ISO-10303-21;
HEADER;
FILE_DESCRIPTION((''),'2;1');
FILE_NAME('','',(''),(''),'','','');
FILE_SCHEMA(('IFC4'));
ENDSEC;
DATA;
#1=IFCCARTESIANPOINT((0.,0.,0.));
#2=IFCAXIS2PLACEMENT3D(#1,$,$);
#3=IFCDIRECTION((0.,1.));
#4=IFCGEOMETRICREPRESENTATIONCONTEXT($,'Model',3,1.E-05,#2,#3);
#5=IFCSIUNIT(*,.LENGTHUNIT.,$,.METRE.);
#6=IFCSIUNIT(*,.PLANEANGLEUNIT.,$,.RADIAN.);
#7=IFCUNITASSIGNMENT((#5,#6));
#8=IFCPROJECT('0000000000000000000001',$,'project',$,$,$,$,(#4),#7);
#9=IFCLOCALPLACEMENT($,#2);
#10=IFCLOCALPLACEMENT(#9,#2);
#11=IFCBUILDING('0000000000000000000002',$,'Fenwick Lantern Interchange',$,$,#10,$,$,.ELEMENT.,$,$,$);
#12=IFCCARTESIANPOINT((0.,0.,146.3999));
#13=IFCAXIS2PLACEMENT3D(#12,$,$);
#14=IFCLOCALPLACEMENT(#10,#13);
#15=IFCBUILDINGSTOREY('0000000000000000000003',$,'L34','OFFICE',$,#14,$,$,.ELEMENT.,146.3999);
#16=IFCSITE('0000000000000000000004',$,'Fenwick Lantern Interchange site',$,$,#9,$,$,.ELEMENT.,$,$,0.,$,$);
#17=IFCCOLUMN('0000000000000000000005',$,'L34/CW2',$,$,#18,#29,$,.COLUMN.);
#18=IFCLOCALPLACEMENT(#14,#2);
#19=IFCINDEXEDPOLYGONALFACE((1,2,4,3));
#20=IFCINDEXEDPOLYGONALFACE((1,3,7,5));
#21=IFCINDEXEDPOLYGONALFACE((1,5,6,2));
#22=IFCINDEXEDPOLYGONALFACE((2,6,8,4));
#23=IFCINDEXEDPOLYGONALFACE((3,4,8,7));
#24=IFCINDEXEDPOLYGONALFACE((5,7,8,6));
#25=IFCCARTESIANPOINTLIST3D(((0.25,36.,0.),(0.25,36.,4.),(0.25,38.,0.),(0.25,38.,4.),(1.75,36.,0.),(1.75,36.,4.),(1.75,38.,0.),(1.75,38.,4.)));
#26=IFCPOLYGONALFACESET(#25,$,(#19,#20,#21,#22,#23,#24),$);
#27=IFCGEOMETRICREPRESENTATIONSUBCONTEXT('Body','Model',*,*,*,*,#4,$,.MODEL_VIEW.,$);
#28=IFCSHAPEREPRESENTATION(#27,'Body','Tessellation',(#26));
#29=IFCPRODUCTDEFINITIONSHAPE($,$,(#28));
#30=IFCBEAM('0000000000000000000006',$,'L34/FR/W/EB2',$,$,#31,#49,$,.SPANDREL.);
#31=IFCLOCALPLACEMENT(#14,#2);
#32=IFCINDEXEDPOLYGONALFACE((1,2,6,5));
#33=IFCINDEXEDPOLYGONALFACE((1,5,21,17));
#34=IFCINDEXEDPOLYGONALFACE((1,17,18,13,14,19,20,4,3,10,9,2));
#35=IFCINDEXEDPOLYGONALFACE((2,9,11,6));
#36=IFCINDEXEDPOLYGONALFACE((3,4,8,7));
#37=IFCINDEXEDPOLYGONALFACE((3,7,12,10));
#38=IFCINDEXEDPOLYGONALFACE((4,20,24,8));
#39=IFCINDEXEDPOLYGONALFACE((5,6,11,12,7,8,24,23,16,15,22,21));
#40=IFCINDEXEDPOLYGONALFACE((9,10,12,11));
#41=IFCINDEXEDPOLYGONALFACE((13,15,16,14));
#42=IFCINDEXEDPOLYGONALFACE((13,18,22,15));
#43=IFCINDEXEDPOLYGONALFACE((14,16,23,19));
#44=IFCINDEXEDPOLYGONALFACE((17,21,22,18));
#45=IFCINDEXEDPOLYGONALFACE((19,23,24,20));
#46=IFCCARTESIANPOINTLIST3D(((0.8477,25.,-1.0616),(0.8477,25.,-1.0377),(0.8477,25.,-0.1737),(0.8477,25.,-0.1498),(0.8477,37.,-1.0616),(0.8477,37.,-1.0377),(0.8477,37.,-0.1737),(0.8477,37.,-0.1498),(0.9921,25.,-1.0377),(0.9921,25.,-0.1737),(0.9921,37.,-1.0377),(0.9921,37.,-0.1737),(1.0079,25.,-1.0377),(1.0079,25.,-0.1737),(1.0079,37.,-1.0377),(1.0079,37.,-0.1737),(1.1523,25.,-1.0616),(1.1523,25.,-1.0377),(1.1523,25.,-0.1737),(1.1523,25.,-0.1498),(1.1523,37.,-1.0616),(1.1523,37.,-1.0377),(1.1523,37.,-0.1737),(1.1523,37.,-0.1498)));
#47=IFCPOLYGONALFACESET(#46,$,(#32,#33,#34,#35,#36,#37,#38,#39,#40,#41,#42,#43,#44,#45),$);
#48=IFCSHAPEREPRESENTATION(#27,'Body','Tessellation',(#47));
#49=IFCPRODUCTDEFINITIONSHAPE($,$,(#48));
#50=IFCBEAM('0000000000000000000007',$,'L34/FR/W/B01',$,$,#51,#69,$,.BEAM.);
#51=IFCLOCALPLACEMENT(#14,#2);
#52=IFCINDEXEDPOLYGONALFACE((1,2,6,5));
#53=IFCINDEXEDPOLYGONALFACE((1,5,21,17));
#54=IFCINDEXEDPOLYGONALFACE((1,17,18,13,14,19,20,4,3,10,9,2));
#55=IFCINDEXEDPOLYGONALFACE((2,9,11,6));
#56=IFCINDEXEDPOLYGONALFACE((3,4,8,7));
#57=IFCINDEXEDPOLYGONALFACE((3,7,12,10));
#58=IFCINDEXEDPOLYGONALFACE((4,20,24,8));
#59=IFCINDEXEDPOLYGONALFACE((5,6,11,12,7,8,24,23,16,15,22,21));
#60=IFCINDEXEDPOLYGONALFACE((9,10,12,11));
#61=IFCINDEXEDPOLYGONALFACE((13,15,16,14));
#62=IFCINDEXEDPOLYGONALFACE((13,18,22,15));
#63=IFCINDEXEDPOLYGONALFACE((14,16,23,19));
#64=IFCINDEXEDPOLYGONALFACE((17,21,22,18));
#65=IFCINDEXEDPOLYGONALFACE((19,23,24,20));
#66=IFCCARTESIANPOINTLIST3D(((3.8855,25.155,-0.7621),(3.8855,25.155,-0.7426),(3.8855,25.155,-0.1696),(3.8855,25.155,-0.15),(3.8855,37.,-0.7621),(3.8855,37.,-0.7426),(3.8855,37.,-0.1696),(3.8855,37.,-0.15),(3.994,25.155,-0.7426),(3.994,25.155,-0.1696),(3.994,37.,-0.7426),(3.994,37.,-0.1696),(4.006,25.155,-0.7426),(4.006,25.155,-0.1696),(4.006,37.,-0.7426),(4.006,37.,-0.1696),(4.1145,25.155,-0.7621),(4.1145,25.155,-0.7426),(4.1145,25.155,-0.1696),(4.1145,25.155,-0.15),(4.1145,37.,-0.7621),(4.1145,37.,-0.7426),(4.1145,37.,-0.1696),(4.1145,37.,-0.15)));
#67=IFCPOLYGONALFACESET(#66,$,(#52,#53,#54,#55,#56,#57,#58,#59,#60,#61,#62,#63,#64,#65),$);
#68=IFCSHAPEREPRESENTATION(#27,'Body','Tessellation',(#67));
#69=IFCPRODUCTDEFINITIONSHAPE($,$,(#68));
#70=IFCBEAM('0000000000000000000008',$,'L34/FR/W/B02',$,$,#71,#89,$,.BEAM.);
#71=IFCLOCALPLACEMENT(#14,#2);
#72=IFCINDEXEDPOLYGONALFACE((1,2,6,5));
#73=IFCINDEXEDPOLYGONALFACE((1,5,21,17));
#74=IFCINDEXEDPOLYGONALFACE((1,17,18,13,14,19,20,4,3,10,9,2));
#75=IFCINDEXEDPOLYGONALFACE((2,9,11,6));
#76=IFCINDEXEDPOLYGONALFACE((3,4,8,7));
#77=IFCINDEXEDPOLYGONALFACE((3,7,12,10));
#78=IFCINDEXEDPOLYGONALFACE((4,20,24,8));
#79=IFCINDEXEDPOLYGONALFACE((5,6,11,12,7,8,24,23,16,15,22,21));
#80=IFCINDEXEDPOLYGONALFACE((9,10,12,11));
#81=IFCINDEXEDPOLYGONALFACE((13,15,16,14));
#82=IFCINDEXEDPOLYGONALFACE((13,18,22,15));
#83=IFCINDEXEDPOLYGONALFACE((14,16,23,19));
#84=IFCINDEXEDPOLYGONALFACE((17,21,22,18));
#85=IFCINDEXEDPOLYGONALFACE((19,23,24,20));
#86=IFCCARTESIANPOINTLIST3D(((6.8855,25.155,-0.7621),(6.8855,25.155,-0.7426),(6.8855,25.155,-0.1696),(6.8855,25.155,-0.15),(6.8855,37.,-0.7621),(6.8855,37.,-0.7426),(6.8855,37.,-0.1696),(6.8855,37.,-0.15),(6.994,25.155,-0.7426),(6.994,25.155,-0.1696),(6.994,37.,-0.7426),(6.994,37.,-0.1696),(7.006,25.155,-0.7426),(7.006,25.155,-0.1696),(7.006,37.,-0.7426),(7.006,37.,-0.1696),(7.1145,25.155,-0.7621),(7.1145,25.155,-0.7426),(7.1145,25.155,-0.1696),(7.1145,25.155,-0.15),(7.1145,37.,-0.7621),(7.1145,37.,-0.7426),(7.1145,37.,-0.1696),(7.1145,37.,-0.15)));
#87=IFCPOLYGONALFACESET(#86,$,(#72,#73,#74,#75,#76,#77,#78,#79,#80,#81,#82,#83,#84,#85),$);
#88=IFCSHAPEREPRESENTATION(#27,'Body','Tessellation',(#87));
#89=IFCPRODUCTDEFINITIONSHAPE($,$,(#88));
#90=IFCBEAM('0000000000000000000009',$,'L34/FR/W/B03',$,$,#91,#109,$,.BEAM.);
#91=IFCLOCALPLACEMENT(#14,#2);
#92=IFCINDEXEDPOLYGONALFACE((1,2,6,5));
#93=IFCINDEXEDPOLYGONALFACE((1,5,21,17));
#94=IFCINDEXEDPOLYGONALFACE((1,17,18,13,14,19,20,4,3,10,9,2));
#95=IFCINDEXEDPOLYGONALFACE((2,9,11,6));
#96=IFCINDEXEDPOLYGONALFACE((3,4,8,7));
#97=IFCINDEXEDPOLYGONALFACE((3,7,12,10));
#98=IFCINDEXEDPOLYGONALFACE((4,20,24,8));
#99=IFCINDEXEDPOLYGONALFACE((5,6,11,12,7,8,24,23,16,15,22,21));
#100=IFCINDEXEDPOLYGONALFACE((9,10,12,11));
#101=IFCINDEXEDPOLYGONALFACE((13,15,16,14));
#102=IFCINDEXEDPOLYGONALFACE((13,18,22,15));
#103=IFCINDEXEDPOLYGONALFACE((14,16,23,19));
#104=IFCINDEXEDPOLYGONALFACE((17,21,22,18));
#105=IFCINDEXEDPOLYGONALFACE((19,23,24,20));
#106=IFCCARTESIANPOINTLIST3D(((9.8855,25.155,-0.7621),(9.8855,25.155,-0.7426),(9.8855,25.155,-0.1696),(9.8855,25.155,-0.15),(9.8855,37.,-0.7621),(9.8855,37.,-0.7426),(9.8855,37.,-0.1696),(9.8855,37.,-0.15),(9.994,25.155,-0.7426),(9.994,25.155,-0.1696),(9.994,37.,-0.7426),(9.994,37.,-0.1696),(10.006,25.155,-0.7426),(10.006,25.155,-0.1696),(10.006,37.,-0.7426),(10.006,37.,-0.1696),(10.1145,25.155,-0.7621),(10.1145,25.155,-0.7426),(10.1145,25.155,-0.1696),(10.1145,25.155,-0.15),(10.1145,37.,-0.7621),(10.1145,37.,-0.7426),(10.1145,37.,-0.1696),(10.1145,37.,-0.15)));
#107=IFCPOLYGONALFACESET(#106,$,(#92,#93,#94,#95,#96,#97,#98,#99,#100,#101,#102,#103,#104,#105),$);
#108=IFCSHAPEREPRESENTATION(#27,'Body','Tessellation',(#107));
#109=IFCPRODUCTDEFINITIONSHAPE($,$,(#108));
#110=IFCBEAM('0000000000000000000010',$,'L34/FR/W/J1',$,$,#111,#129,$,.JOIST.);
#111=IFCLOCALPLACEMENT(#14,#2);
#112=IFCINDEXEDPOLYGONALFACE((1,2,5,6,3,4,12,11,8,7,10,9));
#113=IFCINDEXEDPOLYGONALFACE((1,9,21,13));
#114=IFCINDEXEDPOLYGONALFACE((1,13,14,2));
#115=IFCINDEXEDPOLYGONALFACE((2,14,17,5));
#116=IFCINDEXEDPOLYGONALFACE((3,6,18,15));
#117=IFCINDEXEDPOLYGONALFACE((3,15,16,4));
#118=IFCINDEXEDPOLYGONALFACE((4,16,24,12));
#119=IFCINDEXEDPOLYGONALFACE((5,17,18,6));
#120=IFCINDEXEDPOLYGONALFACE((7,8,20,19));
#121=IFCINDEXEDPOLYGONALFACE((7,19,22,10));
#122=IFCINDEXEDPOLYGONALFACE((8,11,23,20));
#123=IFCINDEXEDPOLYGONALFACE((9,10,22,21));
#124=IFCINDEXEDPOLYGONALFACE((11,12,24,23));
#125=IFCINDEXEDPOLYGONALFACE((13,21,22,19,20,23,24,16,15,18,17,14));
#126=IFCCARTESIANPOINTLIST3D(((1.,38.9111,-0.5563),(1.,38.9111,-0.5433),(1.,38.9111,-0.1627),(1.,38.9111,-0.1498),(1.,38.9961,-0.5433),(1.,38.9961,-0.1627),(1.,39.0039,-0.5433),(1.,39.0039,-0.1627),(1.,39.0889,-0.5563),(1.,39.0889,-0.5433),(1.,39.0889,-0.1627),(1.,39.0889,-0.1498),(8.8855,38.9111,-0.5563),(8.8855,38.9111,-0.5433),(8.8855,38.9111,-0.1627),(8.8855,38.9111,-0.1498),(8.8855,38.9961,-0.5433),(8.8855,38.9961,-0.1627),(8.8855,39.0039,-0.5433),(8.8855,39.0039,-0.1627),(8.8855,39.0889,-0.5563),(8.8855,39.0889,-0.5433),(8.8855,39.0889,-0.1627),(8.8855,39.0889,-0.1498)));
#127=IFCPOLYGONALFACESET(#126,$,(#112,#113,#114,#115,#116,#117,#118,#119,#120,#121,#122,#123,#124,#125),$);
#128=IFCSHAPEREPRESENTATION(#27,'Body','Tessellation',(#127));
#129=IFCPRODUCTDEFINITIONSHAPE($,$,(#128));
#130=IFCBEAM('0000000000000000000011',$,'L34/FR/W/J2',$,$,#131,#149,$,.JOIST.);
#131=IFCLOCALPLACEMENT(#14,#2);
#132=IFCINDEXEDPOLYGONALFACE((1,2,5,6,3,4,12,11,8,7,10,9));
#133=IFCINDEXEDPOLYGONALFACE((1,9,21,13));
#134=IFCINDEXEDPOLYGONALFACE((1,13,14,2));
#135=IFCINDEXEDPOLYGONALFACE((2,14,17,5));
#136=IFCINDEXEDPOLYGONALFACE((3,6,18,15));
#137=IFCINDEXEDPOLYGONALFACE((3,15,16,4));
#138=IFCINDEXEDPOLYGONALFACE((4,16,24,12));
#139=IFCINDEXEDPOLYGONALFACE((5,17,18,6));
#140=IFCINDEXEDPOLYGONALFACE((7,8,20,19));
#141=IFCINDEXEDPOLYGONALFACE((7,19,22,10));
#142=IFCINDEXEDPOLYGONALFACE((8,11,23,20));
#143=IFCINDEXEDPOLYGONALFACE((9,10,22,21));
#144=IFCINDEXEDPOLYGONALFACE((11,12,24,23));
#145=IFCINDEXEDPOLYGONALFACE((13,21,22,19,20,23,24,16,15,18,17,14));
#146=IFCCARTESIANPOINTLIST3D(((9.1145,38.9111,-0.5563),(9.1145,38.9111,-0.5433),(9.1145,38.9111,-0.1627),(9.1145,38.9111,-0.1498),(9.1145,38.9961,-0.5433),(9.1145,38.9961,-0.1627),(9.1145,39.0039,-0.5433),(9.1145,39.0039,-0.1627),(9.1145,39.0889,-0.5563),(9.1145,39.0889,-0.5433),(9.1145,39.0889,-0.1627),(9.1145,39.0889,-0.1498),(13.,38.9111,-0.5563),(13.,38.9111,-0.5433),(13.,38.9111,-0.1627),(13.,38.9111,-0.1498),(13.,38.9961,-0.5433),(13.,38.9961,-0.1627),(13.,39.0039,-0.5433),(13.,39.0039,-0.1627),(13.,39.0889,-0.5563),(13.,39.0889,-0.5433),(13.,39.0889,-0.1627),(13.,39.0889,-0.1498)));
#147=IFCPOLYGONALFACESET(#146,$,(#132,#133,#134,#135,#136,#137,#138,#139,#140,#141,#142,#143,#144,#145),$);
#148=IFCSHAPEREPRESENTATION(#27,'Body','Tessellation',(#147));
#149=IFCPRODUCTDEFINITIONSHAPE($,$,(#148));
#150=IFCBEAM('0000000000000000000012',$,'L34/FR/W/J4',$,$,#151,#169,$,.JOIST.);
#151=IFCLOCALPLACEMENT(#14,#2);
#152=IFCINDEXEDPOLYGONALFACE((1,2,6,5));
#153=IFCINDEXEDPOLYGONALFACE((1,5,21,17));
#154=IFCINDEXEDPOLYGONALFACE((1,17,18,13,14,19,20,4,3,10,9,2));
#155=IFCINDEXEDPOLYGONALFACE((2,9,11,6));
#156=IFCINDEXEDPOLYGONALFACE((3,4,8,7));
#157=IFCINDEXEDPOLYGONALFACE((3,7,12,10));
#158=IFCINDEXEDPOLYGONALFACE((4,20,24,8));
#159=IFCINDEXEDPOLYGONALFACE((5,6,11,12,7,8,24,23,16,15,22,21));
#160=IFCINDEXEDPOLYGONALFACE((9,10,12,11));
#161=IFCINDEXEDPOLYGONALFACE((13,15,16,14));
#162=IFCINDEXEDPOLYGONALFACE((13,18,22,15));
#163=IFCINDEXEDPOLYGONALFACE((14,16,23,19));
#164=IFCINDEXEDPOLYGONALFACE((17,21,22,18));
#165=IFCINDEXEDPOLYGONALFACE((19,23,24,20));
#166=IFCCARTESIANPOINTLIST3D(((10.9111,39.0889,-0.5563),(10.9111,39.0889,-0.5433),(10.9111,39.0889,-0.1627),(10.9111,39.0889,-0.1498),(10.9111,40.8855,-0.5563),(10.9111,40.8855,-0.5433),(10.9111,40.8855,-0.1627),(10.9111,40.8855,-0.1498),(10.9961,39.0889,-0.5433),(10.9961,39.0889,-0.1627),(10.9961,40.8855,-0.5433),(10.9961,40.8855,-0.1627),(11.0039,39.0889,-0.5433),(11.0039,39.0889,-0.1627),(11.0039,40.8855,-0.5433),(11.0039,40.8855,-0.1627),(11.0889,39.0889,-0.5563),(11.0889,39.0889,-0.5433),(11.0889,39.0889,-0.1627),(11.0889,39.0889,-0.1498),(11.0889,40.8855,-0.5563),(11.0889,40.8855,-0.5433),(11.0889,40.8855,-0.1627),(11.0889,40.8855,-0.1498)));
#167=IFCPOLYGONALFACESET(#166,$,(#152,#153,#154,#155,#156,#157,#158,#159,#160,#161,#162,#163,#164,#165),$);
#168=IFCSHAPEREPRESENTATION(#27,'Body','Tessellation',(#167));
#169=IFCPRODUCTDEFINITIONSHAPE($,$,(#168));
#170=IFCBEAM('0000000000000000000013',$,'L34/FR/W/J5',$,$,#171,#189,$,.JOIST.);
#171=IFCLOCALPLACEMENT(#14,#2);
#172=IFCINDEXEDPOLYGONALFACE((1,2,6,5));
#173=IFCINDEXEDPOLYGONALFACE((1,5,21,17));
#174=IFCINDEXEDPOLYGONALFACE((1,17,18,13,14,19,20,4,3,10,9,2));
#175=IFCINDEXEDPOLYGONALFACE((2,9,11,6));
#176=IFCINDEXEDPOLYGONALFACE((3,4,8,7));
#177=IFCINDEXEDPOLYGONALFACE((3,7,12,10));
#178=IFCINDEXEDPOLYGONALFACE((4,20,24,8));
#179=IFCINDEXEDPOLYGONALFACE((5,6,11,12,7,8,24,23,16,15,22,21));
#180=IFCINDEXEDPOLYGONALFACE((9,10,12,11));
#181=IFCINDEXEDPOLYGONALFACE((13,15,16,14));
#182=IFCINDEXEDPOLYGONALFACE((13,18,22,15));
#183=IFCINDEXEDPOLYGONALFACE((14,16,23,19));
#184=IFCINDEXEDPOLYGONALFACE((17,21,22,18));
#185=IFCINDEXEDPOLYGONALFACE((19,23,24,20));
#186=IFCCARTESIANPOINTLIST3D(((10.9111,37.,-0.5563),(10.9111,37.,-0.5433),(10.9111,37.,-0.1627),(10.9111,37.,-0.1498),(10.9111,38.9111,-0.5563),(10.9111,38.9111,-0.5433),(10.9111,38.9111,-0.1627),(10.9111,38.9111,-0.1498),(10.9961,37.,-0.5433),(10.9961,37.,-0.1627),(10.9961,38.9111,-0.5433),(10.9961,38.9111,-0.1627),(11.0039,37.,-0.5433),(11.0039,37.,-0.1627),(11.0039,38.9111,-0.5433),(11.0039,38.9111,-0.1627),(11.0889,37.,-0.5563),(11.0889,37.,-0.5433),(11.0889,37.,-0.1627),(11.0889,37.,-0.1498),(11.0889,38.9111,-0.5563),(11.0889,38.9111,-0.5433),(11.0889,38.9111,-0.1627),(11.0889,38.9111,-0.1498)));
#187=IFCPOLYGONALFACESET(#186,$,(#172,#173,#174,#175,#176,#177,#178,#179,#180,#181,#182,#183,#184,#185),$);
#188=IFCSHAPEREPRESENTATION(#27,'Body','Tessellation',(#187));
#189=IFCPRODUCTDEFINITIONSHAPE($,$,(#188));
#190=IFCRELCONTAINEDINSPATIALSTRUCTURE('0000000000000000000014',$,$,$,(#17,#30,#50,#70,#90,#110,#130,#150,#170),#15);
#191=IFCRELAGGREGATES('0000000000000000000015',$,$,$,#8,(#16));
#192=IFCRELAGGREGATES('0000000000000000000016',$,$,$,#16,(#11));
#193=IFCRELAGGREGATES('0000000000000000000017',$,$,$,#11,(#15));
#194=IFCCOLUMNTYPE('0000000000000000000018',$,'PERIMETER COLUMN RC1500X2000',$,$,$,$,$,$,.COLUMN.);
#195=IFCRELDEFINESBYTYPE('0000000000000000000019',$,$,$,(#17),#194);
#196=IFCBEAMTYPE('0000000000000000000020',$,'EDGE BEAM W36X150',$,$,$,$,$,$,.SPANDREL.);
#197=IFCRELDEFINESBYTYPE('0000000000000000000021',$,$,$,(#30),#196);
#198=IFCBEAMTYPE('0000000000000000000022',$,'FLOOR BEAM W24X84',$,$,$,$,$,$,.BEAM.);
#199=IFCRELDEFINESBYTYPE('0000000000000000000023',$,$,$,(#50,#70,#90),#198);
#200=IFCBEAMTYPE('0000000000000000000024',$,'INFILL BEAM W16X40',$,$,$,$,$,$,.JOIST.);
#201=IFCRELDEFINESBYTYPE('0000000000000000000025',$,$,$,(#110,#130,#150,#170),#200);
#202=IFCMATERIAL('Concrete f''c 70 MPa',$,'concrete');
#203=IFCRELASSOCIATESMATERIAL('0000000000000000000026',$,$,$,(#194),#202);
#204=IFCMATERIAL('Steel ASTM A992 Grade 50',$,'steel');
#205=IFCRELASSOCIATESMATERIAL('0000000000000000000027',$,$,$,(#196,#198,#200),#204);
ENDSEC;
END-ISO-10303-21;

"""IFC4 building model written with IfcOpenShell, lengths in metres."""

from ifc_helpers import new_model, si_unit, direction, frame, origin, origin_2d, place, context, subcontext, project, spatial, rectangle, i_section, extrude, material, material_profile, profile_set, type_object, element, save


model = new_model("IFC4")

# Units and contexts
model_context = context("Model", 3, precision=1e-05, world=origin(), true_north=direction((0.0, 1.0)))
body_context = subcontext(model_context, "Body", "Model", "MODEL_VIEW")
ifc_project = project(units=[si_unit("LENGTHUNIT", "METRE"), si_unit("PLANEANGLEUNIT", "RADIAN")], contexts=[model_context])

# Site, building, storey
site_placement = place(None, origin())
site = spatial("IfcSite", under=ifc_project, at=site_placement, Name="Fenwick Lantern Interchange site", CompositionType="ELEMENT", RefElevation=0.0)
building_placement = place(site_placement, origin())
building = spatial("IfcBuilding", under=site, at=building_placement, Name="Fenwick Lantern Interchange", CompositionType="ELEMENT")
storey_placement = place(building_placement, frame((0.0, 0.0, 146.3999)))
storey = spatial("IfcBuildingStorey", under=building, at=storey_placement, Name="L34", Description="OFFICE", CompositionType="ELEMENT", Elevation=146.3999)

# Column
ifc_material_1 = material(Name="Concrete f'c 70 MPa", Category="concrete")
ifc_material_profile_1 = material_profile(ifc_material_1, rectangle(XDim=1.5, YDim=2.0, at=origin_2d()), Name="RC1500X2000")
ifc_profile_set_1 = profile_set([ifc_material_profile_1], Name="Concrete f'c 70 MPa")
column_type = type_object("IfcColumnType", Name="PERIMETER COLUMN RC1500X2000", PredefinedType="COLUMN", material=ifc_profile_set_1)
column_placement = place(storey_placement, frame((1.0, 37.0, 0.0), z_axis=(0.0, 0.0, 1.0), x_axis=(1.0, 0.0, 0.0)))
element("IfcColumn", 1, at=column_placement, inside=storey, type_object=column_type, Name="L34/CW2", PredefinedType="COLUMN", context=body_context, shape_type="SweptSolid", body=[
    extrude(rectangle(XDim=1.5, YDim=2.0, at=origin_2d()), origin(), (0.0, 0.0, 1.0), 4.0),
])

# Beams
ifc_material_2 = material(Name="Steel ASTM A992 Grade 50", Category="steel")
ifc_material_profile_2 = material_profile(ifc_material_2, i_section(OverallWidth=0.3047, OverallDepth=0.9119, WebThickness=0.0159, FlangeThickness=0.0239, at=origin_2d()), Name="W36X150")
ifc_profile_set_2 = profile_set([ifc_material_profile_2], Name="Steel ASTM A992 Grade 50")
beam_type_1 = type_object("IfcBeamType", Name="EDGE BEAM W36X150", PredefinedType="SPANDREL", material=ifc_profile_set_2)
beam_1_placement = place(storey_placement, frame((1.0, 37.0, -0.6057), z_axis=(0.0, -1.0, 0.0), x_axis=(1.0, 0.0, 0.0)))
element("IfcBeam", 2, at=beam_1_placement, inside=storey, type_object=beam_type_1, Name="L34/FR/W/EB2", PredefinedType="SPANDREL", context=body_context, shape_type="SweptSolid", body=[
    extrude(i_section(OverallWidth=0.3047, OverallDepth=0.9119, WebThickness=0.0159, FlangeThickness=0.0239, at=origin_2d()), origin(), (0.0, 0.0, 1.0), 12.0),
])
ifc_material_profile_3 = material_profile(ifc_material_2, i_section(OverallWidth=0.229, OverallDepth=0.6121, WebThickness=0.012, FlangeThickness=0.0195, at=origin_2d()), Name="W24X84")
ifc_profile_set_3 = profile_set([ifc_material_profile_3], Name="Steel ASTM A992 Grade 50")
beam_type_2 = type_object("IfcBeamType", Name="FLOOR BEAM W24X84", PredefinedType="BEAM", material=ifc_profile_set_3)
for number, where, z_axis, x_axis, name in (
    (3, (4.0, 37.0, -0.4561), (0.0, -1.0, 0.0), (1.0, 0.0, 0.0), "L34/FR/W/B01"),
    (4, (7.0, 37.0, -0.4561), (0.0, -1.0, 0.0), (1.0, 0.0, 0.0), "L34/FR/W/B02"),
    (5, (10.0, 37.0, -0.4561), (0.0, -1.0, 0.0), (1.0, 0.0, 0.0), "L34/FR/W/B03"),
):
    element("IfcBeam", number, at=place(storey_placement, frame(where, z_axis=z_axis, x_axis=x_axis)), inside=storey, type_object=beam_type_2, Name=name, PredefinedType="BEAM", context=body_context, shape_type="SweptSolid", body=[
        extrude(i_section(OverallWidth=0.229, OverallDepth=0.6121, WebThickness=0.012, FlangeThickness=0.0195, at=origin_2d()), origin(), (0.0, 0.0, 1.0), 11.845),
    ])
ifc_material_profile_4 = material_profile(ifc_material_2, i_section(OverallWidth=0.1777, OverallDepth=0.4065, WebThickness=0.0078, FlangeThickness=0.0129, at=origin_2d()), Name="W16X40")
ifc_profile_set_4 = profile_set([ifc_material_profile_4], Name="Steel ASTM A992 Grade 50")
beam_type_3 = type_object("IfcBeamType", Name="INFILL BEAM W16X40", PredefinedType="JOIST", material=ifc_profile_set_4)
beam_2_placement = place(storey_placement, frame((1.0, 39.0, -0.353), z_axis=(1.0, 0.0, 0.0), x_axis=(0.0, 1.0, 0.0)))
element("IfcBeam", 6, at=beam_2_placement, inside=storey, type_object=beam_type_3, Name="L34/FR/W/J1", PredefinedType="JOIST", context=body_context, shape_type="SweptSolid", body=[
    extrude(i_section(OverallWidth=0.1777, OverallDepth=0.4065, WebThickness=0.0078, FlangeThickness=0.0129, at=origin_2d()), origin(), (0.0, 0.0, 1.0), 7.8855),
])
beam_3_placement = place(storey_placement, frame((9.1145, 39.0, -0.353), z_axis=(1.0, 0.0, 0.0), x_axis=(0.0, 1.0, 0.0)))
element("IfcBeam", 7, at=beam_3_placement, inside=storey, type_object=beam_type_3, Name="L34/FR/W/J2", PredefinedType="JOIST", context=body_context, shape_type="SweptSolid", body=[
    extrude(i_section(OverallWidth=0.1777, OverallDepth=0.4065, WebThickness=0.0078, FlangeThickness=0.0129, at=origin_2d()), origin(), (0.0, 0.0, 1.0), 3.8855),
])
beam_4_placement = place(storey_placement, frame((11.0, 40.8855, -0.353), z_axis=(0.0, -1.0, 0.0), x_axis=(1.0, 0.0, 0.0)))
element("IfcBeam", 8, at=beam_4_placement, inside=storey, type_object=beam_type_3, Name="L34/FR/W/J4", PredefinedType="JOIST", context=body_context, shape_type="SweptSolid", body=[
    extrude(i_section(OverallWidth=0.1777, OverallDepth=0.4065, WebThickness=0.0078, FlangeThickness=0.0129, at=origin_2d()), origin(), (0.0, 0.0, 1.0), 1.7966),
])
beam_5_placement = place(storey_placement, frame((11.0, 38.9111, -0.353), z_axis=(0.0, -1.0, 0.0), x_axis=(1.0, 0.0, 0.0)))
element("IfcBeam", 9, at=beam_5_placement, inside=storey, type_object=beam_type_3, Name="L34/FR/W/J5", PredefinedType="JOIST", context=body_context, shape_type="SweptSolid", body=[
    extrude(i_section(OverallWidth=0.1777, OverallDepth=0.4065, WebThickness=0.0078, FlangeThickness=0.0129, at=origin_2d()), origin(), (0.0, 0.0, 1.0), 1.9111),
])

save(model, "model.ifc")
